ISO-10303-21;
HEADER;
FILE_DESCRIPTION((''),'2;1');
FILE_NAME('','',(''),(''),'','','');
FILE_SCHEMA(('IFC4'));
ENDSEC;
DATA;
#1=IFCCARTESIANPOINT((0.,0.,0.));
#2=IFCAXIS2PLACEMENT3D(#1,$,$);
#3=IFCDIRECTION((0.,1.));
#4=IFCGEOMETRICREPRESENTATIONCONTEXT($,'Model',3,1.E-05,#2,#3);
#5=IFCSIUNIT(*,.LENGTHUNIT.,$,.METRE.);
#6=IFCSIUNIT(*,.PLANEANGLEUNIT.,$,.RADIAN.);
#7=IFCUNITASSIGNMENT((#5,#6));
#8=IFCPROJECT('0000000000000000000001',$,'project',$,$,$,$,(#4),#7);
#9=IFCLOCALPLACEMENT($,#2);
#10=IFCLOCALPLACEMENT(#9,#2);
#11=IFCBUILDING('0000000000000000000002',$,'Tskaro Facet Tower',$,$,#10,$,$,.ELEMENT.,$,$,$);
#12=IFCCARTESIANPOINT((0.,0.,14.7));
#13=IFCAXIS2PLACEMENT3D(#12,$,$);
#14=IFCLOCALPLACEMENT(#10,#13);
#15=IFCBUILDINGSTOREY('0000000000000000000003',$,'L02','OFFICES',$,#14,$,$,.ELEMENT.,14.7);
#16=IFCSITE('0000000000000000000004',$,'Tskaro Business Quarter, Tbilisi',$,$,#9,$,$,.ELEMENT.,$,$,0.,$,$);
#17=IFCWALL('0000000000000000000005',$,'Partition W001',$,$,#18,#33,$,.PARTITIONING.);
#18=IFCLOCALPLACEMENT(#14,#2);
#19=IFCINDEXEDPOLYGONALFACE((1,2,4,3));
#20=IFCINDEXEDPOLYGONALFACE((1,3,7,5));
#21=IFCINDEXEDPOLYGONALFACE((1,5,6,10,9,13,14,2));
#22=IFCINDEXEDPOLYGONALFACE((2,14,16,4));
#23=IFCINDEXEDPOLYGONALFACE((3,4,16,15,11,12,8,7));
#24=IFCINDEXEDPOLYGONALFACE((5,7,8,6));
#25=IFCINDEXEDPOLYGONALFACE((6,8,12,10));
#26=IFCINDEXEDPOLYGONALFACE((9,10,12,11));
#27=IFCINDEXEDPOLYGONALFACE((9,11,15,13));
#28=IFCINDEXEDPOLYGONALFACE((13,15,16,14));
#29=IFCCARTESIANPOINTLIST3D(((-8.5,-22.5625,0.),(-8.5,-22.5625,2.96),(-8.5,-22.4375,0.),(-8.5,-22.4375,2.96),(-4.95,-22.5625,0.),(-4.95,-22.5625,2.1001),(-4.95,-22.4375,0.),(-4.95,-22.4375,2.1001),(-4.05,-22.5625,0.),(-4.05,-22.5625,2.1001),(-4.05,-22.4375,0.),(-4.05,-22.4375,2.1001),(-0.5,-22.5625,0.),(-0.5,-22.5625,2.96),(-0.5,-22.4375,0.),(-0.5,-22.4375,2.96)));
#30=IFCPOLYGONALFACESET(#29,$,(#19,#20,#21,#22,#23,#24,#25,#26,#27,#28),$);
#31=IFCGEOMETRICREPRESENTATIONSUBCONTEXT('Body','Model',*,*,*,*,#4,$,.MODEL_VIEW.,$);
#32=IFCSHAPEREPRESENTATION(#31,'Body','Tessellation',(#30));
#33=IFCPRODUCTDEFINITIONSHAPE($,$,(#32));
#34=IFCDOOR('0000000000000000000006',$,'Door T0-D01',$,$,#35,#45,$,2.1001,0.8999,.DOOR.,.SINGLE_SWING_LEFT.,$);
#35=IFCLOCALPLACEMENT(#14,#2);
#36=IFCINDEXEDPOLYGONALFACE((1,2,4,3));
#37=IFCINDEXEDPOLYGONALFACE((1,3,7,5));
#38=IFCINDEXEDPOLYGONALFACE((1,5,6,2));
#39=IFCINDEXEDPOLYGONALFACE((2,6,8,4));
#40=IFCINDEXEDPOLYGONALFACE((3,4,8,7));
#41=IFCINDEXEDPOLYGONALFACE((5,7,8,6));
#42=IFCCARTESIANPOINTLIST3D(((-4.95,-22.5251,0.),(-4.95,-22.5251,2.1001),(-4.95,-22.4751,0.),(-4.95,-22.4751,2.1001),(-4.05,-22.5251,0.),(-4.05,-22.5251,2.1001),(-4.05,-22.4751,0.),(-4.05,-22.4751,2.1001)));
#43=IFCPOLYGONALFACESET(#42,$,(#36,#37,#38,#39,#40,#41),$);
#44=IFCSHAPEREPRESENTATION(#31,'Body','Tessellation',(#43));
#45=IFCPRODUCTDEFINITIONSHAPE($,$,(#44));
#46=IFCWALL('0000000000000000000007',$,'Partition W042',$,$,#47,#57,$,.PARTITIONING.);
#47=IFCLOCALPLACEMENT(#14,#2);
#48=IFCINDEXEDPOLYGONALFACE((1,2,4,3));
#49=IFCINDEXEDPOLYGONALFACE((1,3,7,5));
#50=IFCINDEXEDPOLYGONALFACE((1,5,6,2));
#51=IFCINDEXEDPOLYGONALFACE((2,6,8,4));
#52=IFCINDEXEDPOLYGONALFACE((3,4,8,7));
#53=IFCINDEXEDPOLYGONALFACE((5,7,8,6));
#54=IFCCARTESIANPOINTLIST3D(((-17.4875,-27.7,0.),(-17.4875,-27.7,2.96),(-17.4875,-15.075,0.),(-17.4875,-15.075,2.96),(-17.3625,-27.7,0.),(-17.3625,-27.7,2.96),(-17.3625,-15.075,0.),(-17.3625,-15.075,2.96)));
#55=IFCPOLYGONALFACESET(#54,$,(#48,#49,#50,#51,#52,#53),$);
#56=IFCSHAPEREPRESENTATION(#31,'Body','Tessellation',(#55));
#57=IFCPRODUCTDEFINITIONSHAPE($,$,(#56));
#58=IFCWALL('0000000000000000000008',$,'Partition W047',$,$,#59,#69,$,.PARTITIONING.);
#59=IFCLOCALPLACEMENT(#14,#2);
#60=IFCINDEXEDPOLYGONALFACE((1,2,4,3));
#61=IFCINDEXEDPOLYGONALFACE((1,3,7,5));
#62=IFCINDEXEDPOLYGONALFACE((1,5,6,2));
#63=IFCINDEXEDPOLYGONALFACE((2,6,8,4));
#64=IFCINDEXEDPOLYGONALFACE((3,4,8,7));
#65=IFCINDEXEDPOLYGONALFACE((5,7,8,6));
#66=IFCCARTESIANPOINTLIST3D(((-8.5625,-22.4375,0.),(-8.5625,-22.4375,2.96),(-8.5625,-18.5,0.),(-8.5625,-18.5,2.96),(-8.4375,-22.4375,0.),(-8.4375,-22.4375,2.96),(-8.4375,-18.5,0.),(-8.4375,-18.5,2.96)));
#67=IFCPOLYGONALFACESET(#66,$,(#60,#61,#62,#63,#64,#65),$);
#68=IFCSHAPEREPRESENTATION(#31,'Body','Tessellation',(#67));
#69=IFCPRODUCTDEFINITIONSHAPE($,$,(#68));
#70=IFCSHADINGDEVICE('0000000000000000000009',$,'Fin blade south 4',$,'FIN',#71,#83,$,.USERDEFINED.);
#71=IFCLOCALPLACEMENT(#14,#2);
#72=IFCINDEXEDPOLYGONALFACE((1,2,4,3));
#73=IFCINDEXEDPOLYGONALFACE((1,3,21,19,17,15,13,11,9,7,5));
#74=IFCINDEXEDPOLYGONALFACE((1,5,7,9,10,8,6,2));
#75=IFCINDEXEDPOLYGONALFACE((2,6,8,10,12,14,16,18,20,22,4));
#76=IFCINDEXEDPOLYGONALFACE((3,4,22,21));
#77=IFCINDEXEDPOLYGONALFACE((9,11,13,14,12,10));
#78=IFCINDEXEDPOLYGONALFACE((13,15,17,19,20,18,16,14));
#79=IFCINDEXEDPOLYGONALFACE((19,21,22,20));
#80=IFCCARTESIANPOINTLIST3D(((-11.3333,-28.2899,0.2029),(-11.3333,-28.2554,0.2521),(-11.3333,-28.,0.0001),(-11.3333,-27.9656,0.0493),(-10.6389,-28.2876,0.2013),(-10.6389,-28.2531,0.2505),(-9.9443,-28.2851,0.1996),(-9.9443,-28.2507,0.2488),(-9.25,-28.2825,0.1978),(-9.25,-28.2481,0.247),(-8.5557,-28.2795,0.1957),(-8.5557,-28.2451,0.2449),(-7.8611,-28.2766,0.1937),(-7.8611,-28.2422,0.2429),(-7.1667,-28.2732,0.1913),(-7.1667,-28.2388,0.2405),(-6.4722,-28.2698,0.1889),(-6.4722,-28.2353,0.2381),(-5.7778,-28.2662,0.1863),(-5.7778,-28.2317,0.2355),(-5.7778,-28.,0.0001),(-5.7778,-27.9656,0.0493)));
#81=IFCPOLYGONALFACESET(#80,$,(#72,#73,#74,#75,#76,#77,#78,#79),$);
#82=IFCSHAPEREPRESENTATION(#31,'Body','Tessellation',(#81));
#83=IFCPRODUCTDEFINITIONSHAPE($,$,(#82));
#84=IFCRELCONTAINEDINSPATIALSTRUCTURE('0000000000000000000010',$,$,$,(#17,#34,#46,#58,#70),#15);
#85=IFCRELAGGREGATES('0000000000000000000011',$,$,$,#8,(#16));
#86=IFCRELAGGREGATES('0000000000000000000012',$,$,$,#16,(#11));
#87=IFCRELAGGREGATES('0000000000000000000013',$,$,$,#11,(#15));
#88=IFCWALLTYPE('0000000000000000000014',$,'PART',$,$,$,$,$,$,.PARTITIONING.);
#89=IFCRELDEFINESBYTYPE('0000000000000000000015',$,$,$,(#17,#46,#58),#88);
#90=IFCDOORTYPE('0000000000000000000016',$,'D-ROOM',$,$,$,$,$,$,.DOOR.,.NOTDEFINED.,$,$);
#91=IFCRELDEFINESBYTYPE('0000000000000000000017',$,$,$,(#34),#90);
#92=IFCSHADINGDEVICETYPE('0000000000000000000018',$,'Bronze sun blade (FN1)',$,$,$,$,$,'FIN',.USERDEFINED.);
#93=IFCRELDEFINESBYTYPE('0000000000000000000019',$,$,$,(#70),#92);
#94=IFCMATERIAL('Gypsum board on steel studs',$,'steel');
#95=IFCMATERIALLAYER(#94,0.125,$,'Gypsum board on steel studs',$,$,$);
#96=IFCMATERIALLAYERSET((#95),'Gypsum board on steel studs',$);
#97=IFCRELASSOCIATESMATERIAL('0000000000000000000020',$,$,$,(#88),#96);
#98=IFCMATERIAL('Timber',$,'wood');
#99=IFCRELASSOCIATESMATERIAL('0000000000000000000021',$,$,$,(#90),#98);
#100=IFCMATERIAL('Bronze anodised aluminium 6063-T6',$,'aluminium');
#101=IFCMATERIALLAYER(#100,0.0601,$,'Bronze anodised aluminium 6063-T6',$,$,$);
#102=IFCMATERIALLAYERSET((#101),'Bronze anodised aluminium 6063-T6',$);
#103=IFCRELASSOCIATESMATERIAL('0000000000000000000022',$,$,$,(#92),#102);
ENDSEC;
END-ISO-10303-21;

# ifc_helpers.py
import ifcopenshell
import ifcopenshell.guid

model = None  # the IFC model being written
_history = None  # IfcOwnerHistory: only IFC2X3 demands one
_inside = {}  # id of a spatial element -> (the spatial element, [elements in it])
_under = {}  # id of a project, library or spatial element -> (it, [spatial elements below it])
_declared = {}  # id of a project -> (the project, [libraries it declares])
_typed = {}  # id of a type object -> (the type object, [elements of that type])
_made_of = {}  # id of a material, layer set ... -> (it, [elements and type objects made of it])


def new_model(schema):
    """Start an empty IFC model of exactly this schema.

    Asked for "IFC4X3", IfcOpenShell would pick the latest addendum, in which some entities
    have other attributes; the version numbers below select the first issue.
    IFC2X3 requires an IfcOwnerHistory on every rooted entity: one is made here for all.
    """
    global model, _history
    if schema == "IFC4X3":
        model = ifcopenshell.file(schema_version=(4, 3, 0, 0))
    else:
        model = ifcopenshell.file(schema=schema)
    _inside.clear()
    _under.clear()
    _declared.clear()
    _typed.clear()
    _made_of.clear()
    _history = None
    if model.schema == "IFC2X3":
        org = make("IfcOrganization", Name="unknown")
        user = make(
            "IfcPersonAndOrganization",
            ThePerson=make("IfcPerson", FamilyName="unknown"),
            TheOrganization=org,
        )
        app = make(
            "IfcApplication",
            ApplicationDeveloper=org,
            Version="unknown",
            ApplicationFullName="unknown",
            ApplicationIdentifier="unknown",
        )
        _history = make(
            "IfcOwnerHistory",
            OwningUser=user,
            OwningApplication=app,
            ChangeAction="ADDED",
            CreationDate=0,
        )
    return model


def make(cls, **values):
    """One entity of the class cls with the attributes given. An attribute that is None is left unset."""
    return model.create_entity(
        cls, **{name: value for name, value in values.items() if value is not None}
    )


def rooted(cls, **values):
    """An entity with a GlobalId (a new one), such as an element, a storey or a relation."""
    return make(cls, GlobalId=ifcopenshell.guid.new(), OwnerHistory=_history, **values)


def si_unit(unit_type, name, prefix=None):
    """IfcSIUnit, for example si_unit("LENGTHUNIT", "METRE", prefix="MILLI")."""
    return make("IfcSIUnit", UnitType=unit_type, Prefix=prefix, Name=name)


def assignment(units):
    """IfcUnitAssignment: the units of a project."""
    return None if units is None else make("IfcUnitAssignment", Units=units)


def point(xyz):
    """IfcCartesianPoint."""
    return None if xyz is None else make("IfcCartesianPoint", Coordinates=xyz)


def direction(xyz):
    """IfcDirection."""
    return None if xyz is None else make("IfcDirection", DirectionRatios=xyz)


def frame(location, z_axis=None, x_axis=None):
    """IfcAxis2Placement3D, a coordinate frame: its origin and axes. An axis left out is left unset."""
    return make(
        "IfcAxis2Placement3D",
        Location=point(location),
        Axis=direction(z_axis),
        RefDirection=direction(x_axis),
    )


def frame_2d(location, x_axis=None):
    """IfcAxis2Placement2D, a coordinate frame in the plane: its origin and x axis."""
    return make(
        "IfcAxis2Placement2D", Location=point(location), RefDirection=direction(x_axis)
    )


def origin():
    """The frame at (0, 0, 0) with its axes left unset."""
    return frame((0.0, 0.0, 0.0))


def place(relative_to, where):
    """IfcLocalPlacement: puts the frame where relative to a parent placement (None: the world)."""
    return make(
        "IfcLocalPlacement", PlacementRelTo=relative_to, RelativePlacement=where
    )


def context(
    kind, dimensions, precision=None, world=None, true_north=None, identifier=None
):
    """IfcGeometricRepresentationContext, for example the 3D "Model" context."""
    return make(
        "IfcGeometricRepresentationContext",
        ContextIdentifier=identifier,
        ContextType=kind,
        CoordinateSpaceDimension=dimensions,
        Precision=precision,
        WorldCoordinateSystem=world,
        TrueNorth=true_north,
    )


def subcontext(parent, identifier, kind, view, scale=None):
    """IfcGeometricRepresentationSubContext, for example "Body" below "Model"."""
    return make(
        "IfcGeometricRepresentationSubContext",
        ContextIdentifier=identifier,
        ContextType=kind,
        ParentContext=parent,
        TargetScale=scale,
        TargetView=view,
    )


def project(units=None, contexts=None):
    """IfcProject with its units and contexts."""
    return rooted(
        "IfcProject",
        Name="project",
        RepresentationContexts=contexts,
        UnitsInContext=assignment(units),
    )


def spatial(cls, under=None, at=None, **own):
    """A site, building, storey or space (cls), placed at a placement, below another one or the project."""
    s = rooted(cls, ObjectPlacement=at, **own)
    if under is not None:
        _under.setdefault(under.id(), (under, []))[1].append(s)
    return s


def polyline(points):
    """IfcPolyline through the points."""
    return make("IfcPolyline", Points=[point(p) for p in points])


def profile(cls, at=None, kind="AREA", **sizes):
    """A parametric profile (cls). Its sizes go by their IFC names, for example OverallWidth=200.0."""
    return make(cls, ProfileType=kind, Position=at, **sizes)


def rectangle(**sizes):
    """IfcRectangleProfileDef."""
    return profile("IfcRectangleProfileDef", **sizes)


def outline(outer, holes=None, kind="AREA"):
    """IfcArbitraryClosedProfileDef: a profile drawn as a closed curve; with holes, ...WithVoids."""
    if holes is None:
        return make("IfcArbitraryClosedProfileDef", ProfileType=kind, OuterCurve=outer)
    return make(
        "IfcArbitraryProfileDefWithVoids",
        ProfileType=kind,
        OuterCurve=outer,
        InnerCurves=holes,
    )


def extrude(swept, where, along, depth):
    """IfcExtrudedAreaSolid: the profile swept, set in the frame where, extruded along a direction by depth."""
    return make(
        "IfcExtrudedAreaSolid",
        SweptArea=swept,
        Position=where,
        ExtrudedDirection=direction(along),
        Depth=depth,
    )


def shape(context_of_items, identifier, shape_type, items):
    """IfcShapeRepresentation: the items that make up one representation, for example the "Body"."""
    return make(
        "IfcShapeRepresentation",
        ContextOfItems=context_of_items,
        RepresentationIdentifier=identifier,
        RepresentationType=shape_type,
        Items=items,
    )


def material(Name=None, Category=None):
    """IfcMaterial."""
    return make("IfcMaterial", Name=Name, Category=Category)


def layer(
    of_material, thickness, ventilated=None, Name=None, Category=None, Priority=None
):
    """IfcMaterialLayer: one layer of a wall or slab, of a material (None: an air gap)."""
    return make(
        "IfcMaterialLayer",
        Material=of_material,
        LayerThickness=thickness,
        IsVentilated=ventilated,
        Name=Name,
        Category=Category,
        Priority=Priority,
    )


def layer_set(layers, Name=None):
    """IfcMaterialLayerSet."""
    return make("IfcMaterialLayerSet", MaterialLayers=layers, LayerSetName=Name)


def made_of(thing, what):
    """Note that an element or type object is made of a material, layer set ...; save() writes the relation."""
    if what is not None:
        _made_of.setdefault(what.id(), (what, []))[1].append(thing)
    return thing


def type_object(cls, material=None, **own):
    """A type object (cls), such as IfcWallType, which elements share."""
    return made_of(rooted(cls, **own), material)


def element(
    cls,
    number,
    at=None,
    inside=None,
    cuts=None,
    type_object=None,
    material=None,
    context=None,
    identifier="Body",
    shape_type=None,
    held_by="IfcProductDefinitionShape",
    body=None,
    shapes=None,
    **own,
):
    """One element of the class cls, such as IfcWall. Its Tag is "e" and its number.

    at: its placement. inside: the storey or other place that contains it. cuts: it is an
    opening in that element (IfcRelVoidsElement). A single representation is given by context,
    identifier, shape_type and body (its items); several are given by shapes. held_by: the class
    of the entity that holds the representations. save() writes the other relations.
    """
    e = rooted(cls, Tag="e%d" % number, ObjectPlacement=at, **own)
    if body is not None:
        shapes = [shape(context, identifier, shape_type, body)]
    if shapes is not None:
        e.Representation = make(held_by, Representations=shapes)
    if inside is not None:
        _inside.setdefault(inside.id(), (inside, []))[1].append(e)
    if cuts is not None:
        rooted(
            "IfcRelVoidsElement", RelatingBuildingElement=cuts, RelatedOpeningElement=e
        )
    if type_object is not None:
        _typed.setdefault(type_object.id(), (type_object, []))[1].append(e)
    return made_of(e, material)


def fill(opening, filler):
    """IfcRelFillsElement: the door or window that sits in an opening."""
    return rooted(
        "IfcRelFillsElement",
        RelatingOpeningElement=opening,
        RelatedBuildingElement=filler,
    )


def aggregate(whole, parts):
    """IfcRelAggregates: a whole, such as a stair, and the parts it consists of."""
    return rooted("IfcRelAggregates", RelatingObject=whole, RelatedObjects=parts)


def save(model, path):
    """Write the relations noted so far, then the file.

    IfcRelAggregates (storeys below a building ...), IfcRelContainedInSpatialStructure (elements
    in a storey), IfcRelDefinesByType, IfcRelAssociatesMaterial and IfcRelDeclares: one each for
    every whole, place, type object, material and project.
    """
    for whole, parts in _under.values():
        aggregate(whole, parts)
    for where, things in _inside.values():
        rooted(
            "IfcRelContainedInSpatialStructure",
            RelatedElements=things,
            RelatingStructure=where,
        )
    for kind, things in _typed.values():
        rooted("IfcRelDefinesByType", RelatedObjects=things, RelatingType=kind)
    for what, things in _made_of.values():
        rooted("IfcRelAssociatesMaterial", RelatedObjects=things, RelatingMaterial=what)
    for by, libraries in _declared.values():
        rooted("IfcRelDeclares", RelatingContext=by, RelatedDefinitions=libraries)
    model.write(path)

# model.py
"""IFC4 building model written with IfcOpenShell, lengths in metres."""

from ifc_helpers import new_model, si_unit, direction, frame, frame_2d, origin, place, context, subcontext, project, spatial, polyline, rectangle, outline, extrude, material, layer, layer_set, type_object, element, fill, save


model = new_model("IFC4")

# Units and contexts
model_context = context("Model", 3, precision=1e-05, world=origin(), true_north=direction((0.0, 1.0)))
body_context = subcontext(model_context, "Body", "Model", "MODEL_VIEW")
ifc_project = project(units=[si_unit("LENGTHUNIT", "METRE"), si_unit("PLANEANGLEUNIT", "RADIAN")], contexts=[model_context])

# Site, building, storey
site_placement = place(None, origin())
site = spatial("IfcSite", under=ifc_project, at=site_placement, Name="Tskaro Business Quarter, Tbilisi", CompositionType="ELEMENT", RefElevation=0.0)
building_placement = place(site_placement, origin())
building = spatial("IfcBuilding", under=site, at=building_placement, Name="Tskaro Facet Tower", CompositionType="ELEMENT")
storey_placement = place(building_placement, frame((0.0, 0.0, 14.7)))
storey = spatial("IfcBuildingStorey", under=building, at=storey_placement, Name="L02", Description="OFFICES", CompositionType="ELEMENT", Elevation=14.7)

# Shared definitions
ifc_material_1 = material(Name="Bronze anodised aluminium 6063-T6", Category="aluminium")

# Wall, opening, door
ifc_material_2 = material(Name="Gypsum board on steel studs", Category="steel")
ifc_layer_1 = layer(ifc_material_2, 0.125, Name="Gypsum board on steel studs")
ifc_layer_set_1 = layer_set([ifc_layer_1], Name="Gypsum board on steel studs")
wall_type = type_object("IfcWallType", Name="PART", PredefinedType="PARTITIONING", material=ifc_layer_set_1)
wall_1_placement = place(storey_placement, frame((-8.5, -22.5, 0.0), z_axis=(0.0, 0.0, 1.0), x_axis=(1.0, 0.0, 0.0)))
wall_1 = element("IfcWall", 1, at=wall_1_placement, inside=storey, type_object=wall_type, Name="Partition W001", PredefinedType="PARTITIONING", context=body_context, shape_type="SweptSolid", body=[
    extrude(rectangle(XDim=8.0, YDim=0.125, at=frame_2d((4.0, 0.0))), origin(), (0.0, 0.0, 1.0), 2.96),
])
opening_placement = place(wall_1_placement, frame((3.55, 0.0, 0.0)))
opening = element("IfcOpeningElement", 2, at=opening_placement, cuts=wall_1, PredefinedType="OPENING", context=body_context, shape_type="SweptSolid", body=[
    extrude(rectangle(XDim=0.8999, YDim=2.1001, at=frame_2d((0.45, 1.05))), frame((0.0, 0.0725, 0.0), z_axis=(0.0, -1.0, 0.0), x_axis=(1.0, 0.0, 0.0)), (0.0, 0.0, 1.0), 0.145),
])
ifc_material_3 = material(Name="Timber", Category="wood")
door_type = type_object("IfcDoorType", Name="D-ROOM", OperationType="NOTDEFINED", PredefinedType="DOOR", material=ifc_material_3)
door_placement = place(opening_placement, origin())
door = element("IfcDoor", 3, at=door_placement, inside=storey, type_object=door_type, Name="Door T0-D01", OperationType="SINGLE_SWING_LEFT", OverallHeight=2.1001, OverallWidth=0.8999, PredefinedType="DOOR", context=body_context, shape_type="SweptSolid", body=[
    extrude(rectangle(XDim=0.8999, YDim=2.1001, at=frame_2d((0.45, 1.05))), frame((0.0, 0.0249, 0.0), z_axis=(0.0, -1.0, 0.0), x_axis=(1.0, 0.0, 0.0)), (0.0, 0.0, 1.0), 0.05),
])
fill(opening, door)

# Walls
wall_2_placement = place(storey_placement, frame((-17.425, -27.7, 0.0), z_axis=(0.0, 0.0, 1.0), x_axis=(0.0, 1.0, 0.0)))
element("IfcWall", 4, at=wall_2_placement, inside=storey, type_object=wall_type, Name="Partition W042", PredefinedType="PARTITIONING", context=body_context, shape_type="SweptSolid", body=[
    extrude(rectangle(XDim=12.625, YDim=0.125, at=frame_2d((6.3125, 0.0))), origin(), (0.0, 0.0, 1.0), 2.96),
])
wall_3_placement = place(storey_placement, frame((-8.5, -22.4375, 0.0), z_axis=(0.0, 0.0, 1.0), x_axis=(0.0, 1.0, 0.0)))
element("IfcWall", 5, at=wall_3_placement, inside=storey, type_object=wall_type, Name="Partition W047", PredefinedType="PARTITIONING", context=body_context, shape_type="SweptSolid", body=[
    extrude(rectangle(XDim=3.9375, YDim=0.125, at=frame_2d((1.9688, 0.0))), origin(), (0.0, 0.0, 1.0), 2.96),
])

# Shading device
ifc_layer_2 = layer(ifc_material_1, 0.0601, Name="Bronze anodised aluminium 6063-T6")
ifc_layer_set_2 = layer_set([ifc_layer_2], Name="Bronze anodised aluminium 6063-T6")
shading_device_type = type_object("IfcShadingDeviceType", Name="Bronze sun blade (FN1)", ElementType="FIN", PredefinedType="USERDEFINED", material=ifc_layer_set_2)
shading_device_1_placement = place(storey_placement, frame((-11.3333, -27.9656, 0.0493), z_axis=(0.000003, 0.573315, 0.819335), x_axis=(1.0, -0.000002, -0.000002)))
element("IfcShadingDevice", 6, at=shading_device_1_placement, inside=storey, type_object=shading_device_type, Name="Fin blade south 4", ObjectType="FIN", PredefinedType="USERDEFINED", context=body_context, shape_type="SweptSolid", body=[
    extrude(outline(polyline([(0.0, 0.0), (5.5554, 0.0), (5.5554, -0.3248), (4.8611, -0.3292), (4.1665, -0.3334), (3.4722, -0.3376), (2.7776, -0.3412), (2.0833, -0.3448), (1.3889, -0.348), (0.6943, -0.351), (0.0, -0.3538), (0.0, 0.0)])), origin(), (0.0, 0.0, -1.0), 0.0601),
])

save(model, "model.ifc")
